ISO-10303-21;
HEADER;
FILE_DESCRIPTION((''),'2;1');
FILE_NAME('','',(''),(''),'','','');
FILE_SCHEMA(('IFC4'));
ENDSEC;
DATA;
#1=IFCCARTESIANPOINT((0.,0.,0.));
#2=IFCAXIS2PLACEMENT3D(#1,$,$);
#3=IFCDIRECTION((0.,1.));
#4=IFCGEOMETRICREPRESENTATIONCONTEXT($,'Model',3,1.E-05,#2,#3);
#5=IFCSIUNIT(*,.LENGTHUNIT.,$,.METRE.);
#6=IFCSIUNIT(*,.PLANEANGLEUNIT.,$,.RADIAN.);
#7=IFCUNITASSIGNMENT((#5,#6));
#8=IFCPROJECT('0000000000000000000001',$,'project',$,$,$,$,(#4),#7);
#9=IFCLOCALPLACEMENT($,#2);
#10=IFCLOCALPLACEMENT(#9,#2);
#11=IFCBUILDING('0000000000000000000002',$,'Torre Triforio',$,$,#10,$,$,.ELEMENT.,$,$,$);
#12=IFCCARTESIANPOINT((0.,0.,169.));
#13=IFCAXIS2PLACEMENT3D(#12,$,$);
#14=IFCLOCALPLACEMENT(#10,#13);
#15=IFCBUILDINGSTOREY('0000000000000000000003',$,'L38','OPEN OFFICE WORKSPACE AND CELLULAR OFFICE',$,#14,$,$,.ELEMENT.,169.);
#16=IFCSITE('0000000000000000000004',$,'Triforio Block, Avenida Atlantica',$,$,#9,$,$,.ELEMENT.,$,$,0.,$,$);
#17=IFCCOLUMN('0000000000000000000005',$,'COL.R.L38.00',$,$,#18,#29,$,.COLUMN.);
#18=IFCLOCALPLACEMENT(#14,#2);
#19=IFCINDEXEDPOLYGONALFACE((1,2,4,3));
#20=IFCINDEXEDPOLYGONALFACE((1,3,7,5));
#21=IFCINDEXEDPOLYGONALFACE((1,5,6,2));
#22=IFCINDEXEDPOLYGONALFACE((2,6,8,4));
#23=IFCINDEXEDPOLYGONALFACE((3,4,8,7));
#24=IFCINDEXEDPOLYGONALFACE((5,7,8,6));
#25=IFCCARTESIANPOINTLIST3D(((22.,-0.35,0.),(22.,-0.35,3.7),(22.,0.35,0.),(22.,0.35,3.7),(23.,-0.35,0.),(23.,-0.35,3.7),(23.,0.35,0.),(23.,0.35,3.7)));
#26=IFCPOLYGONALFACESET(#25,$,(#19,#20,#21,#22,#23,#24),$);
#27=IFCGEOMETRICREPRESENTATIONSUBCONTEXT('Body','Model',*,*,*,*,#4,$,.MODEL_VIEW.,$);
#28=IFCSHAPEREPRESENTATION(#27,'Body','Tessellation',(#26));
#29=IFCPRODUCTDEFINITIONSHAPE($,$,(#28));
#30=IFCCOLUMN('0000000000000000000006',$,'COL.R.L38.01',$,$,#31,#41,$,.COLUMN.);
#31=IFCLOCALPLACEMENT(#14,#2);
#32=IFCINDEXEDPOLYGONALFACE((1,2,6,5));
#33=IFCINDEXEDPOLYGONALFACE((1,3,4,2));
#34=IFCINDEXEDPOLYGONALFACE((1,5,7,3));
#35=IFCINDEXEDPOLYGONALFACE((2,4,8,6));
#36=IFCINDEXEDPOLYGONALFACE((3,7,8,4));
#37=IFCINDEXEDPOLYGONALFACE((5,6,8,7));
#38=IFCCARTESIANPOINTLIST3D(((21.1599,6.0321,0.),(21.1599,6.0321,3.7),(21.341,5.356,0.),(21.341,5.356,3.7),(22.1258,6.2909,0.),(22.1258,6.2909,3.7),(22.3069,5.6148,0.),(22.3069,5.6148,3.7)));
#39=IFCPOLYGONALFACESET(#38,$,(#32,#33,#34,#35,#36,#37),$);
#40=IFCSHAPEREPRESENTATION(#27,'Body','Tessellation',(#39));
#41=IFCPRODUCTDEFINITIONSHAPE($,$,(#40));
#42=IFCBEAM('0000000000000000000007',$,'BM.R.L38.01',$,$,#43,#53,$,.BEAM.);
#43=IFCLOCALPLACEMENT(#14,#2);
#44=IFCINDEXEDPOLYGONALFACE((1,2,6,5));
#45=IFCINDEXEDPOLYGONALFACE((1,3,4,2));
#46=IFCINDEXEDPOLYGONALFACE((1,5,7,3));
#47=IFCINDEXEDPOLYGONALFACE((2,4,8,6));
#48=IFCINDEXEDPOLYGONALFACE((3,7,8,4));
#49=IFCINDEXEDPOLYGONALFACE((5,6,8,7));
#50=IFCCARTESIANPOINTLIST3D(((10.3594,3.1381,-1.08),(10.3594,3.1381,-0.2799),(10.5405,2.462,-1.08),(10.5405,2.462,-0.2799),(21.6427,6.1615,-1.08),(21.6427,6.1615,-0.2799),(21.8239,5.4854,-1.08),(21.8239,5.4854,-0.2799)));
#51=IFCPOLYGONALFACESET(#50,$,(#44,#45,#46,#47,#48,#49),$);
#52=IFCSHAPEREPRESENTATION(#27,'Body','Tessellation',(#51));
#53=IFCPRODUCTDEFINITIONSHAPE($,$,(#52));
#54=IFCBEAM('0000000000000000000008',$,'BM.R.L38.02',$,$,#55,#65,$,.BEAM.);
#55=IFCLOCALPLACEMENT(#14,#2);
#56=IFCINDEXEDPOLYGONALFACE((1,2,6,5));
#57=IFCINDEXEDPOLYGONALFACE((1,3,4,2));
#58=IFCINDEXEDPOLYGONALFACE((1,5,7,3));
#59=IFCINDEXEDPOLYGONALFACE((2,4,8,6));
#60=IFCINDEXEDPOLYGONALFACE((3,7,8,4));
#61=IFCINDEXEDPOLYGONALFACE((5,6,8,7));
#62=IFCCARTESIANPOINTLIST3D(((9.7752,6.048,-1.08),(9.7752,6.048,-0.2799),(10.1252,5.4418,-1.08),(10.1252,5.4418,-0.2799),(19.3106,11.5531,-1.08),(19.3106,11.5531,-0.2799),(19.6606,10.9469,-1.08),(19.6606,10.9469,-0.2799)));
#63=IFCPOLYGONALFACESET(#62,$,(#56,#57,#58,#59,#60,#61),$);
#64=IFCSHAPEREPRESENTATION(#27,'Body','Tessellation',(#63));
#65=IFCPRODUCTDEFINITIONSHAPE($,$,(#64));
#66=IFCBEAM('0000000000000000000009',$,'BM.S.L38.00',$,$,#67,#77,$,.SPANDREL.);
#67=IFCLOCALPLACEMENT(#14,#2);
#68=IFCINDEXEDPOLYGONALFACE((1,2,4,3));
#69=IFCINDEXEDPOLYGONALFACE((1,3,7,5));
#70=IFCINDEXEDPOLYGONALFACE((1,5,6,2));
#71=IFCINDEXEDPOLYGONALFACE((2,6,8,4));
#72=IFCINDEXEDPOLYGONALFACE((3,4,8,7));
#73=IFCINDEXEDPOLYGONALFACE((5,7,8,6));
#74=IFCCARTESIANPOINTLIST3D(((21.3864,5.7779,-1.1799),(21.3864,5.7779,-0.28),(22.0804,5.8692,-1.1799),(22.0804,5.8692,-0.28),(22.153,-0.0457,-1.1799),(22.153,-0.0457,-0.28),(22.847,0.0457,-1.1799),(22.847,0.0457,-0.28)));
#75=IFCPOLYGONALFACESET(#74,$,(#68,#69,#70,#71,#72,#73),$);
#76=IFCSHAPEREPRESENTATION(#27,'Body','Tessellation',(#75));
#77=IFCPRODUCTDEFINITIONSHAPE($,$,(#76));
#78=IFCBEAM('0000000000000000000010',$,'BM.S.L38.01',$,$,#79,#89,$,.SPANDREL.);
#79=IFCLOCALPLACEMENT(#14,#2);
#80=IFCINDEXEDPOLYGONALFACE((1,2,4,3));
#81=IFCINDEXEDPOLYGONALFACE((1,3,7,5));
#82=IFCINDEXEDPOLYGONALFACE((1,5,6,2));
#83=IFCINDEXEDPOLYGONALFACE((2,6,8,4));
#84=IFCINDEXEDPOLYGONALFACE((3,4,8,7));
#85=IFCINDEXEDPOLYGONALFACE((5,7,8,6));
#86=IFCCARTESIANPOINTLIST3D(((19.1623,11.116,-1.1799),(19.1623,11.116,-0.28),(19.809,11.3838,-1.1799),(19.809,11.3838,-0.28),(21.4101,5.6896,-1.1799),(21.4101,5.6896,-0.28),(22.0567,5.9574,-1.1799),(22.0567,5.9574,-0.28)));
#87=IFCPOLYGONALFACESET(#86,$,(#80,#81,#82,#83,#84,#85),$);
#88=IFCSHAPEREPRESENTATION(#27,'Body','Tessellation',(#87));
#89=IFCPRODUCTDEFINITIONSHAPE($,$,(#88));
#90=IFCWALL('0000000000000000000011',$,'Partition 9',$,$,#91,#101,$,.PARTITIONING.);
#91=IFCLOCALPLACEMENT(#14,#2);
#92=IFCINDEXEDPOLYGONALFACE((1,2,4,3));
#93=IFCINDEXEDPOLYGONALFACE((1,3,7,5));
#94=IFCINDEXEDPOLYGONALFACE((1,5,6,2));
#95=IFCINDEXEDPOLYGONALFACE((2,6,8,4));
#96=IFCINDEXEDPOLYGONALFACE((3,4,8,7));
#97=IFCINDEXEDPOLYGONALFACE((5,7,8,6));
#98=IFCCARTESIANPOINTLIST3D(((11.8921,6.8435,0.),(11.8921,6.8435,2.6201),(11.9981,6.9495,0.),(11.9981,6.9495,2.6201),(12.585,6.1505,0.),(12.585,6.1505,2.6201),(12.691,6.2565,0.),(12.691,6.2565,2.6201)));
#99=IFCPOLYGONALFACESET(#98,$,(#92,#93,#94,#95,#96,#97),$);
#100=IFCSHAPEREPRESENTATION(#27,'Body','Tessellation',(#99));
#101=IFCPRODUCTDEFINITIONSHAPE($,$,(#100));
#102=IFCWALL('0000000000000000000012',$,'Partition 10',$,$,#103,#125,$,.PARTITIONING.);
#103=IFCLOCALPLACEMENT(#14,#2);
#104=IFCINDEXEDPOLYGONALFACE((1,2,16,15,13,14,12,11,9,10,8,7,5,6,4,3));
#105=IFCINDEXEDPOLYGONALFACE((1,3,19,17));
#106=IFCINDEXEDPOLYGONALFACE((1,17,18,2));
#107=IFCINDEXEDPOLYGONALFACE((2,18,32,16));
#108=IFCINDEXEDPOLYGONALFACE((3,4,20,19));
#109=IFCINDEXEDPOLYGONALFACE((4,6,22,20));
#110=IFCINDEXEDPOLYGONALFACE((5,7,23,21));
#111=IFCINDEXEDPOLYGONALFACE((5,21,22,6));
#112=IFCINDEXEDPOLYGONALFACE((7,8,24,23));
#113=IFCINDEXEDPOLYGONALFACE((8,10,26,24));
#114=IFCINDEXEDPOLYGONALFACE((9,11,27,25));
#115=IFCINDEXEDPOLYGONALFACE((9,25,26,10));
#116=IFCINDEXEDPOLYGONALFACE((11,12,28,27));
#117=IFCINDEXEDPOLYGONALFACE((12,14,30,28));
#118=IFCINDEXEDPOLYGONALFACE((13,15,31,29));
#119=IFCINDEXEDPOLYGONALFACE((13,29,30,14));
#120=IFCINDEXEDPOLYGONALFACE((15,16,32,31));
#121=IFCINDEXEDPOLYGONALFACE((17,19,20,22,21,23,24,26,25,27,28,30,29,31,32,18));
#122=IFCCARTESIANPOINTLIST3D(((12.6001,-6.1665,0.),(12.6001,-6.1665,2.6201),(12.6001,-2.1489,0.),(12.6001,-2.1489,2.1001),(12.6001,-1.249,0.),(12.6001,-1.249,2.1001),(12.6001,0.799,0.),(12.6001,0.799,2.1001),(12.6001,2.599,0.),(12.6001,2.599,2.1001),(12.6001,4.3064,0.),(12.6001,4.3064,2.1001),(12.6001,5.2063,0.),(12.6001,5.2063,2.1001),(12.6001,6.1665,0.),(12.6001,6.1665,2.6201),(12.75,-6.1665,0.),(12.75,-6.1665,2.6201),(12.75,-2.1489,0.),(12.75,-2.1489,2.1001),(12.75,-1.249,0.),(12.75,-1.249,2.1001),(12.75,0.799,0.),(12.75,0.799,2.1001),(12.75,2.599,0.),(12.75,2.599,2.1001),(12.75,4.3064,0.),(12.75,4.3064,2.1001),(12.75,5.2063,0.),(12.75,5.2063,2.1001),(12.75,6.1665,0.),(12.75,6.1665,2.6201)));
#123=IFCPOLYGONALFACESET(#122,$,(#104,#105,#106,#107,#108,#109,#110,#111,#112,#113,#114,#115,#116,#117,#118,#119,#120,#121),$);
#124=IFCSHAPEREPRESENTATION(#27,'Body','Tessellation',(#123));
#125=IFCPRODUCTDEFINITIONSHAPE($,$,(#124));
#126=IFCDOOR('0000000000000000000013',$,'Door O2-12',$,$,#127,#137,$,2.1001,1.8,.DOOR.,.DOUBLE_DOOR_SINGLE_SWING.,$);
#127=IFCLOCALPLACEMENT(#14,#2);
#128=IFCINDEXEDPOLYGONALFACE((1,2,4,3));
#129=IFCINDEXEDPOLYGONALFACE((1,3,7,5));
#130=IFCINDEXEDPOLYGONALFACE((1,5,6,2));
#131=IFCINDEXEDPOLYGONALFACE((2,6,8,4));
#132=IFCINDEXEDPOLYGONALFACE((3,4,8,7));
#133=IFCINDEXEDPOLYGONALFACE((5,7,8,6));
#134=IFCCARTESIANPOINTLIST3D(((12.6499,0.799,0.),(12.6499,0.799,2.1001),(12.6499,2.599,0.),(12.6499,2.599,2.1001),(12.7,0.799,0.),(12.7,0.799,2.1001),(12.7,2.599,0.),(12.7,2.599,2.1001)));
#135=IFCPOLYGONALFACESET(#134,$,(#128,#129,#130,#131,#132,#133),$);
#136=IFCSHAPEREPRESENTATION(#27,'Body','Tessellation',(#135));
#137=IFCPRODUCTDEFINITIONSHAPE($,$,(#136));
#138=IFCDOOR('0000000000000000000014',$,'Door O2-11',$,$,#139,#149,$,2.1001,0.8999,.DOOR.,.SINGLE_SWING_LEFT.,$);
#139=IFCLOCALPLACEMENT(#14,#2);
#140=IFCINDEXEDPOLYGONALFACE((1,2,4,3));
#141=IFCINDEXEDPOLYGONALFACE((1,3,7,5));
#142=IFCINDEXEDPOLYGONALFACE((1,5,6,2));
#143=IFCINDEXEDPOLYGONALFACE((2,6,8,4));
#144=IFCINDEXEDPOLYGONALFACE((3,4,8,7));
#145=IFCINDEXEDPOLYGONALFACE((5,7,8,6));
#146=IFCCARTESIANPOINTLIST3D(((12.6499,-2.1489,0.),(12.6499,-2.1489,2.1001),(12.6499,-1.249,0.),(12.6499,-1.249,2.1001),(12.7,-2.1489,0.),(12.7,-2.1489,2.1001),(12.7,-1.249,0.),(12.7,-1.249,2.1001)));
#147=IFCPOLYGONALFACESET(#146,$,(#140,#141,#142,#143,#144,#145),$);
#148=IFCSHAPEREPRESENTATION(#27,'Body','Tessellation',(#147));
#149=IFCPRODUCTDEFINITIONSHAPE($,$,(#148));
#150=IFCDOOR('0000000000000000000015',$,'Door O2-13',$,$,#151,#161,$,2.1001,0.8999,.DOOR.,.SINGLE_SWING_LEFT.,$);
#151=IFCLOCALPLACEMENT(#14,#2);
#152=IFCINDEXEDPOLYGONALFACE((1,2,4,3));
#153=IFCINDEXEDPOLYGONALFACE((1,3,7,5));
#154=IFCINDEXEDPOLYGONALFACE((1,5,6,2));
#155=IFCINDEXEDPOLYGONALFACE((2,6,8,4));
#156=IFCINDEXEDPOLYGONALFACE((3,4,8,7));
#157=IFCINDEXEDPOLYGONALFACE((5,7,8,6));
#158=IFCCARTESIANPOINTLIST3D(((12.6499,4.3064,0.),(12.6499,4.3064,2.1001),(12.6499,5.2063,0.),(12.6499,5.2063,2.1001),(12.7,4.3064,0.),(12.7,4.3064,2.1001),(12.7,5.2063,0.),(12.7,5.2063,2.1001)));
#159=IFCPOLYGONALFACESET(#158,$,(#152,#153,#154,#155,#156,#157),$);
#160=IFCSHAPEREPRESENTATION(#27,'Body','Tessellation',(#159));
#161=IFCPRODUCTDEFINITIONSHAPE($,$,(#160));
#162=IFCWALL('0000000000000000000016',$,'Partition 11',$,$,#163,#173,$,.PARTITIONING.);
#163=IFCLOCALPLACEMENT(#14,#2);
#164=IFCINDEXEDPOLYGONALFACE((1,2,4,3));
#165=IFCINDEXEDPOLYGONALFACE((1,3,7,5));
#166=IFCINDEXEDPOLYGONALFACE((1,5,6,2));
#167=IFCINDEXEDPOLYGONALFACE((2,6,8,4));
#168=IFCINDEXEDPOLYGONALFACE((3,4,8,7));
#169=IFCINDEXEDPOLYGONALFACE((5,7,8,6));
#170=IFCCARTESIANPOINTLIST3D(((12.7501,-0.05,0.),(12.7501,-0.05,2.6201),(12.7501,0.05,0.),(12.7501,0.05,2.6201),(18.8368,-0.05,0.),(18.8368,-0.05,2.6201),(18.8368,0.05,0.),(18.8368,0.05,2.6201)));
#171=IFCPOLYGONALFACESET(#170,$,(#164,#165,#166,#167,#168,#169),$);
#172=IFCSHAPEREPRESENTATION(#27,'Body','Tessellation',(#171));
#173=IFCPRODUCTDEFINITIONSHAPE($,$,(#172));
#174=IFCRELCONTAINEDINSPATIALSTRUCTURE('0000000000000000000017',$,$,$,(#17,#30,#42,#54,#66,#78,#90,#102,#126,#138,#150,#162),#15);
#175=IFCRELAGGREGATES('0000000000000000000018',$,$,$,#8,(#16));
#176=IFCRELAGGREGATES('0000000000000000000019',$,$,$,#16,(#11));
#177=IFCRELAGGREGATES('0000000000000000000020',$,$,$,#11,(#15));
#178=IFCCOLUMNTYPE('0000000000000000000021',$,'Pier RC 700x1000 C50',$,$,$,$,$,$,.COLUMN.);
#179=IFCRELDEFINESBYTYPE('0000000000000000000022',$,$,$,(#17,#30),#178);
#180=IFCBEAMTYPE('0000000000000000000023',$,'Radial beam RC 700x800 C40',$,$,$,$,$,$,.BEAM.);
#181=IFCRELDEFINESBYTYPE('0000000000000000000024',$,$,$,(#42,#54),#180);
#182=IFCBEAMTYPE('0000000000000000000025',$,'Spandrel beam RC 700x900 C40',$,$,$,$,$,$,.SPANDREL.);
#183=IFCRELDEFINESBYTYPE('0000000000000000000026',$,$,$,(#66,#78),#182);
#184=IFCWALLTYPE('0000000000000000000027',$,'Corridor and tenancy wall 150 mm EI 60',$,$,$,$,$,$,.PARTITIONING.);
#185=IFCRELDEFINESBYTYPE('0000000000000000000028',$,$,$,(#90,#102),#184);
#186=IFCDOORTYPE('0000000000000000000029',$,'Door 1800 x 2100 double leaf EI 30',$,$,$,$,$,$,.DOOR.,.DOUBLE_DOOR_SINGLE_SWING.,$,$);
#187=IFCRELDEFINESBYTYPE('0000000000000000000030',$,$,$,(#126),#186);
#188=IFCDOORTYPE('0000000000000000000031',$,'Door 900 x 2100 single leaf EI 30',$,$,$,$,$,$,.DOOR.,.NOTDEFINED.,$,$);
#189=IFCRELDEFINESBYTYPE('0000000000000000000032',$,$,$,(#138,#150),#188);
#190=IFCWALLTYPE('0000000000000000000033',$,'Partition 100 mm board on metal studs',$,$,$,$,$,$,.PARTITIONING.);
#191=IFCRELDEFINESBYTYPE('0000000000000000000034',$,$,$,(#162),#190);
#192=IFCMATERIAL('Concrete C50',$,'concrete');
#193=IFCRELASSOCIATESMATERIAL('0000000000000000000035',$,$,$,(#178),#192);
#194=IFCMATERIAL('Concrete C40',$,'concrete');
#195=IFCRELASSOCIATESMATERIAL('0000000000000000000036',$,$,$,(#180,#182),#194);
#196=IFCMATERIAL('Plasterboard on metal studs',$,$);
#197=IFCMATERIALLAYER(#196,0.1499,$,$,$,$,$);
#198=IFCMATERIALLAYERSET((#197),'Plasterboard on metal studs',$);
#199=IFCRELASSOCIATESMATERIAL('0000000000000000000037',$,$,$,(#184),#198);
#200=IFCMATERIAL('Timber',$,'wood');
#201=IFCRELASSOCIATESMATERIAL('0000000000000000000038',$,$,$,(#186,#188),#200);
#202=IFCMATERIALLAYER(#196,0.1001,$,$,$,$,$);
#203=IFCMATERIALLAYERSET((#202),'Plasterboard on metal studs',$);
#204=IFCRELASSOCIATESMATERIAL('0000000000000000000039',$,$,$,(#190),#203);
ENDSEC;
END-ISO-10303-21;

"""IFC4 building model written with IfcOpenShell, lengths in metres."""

from ifc_helpers import new_model, si_unit, direction, frame, frame_2d, origin, origin_2d, place, context, subcontext, project, spatial, rectangle, extrude, material, layer, layer_set, material_profile, profile_set, type_object, element, fill, save


model = new_model("IFC4")

# Units and contexts
model_context = context("Model", 3, precision=1e-05, world=origin(), true_north=direction((0.0, 1.0)))
body_context = subcontext(model_context, "Body", "Model", "MODEL_VIEW")
ifc_project = project(units=[si_unit("LENGTHUNIT", "METRE"), si_unit("PLANEANGLEUNIT", "RADIAN")], contexts=[model_context])

# Site, building, storey
site_placement = place(None, origin())
site = spatial("IfcSite", under=ifc_project, at=site_placement, Name="Triforio Block, Avenida Atlantica", CompositionType="ELEMENT", RefElevation=0.0)
building_placement = place(site_placement, origin())
building = spatial("IfcBuilding", under=site, at=building_placement, Name="Torre Triforio", CompositionType="ELEMENT")
storey_placement = place(building_placement, frame((0.0, 0.0, 169.0)))
storey = spatial("IfcBuildingStorey", under=building, at=storey_placement, Name="L38", Description="OPEN OFFICE WORKSPACE AND CELLULAR OFFICE", CompositionType="ELEMENT", Elevation=169.0)

# Columns
ifc_material_1 = material(Name="Concrete C50", Category="concrete")
ifc_material_profile_1 = material_profile(ifc_material_1, rectangle(XDim=0.7, YDim=1.0, at=origin_2d()), Name="RC 700x1000")
ifc_profile_set_1 = profile_set([ifc_material_profile_1], Name="Concrete C50")
column_type = type_object("IfcColumnType", Name="Pier RC 700x1000 C50", PredefinedType="COLUMN", material=ifc_profile_set_1)
for number, where, z_axis, x_axis, name in (
    (1, (22.5, 0.0, 0.0), (0.0, 0.0, 1.0), (0.0, 1.0, 0.0), "COL.R.L38.00"),
    (2, (21.7334, 5.8235, 0.0), (0.0, 0.0, 1.0), (-0.258819, 0.965926, 0.0), "COL.R.L38.01"),
):
    element("IfcColumn", number, at=place(storey_placement, frame(where, z_axis=z_axis, x_axis=x_axis)), inside=storey, type_object=column_type, Name=name, PredefinedType="COLUMN", context=body_context, shape_type="SweptSolid", body=[
        extrude(rectangle(XDim=0.7, YDim=1.0, at=origin_2d()), origin(), (0.0, 0.0, 1.0), 3.7),
    ])

# Beams
ifc_material_2 = material(Name="Concrete C40", Category="concrete")
ifc_material_profile_2 = material_profile(ifc_material_2, rectangle(XDim=0.7, YDim=0.8, at=origin_2d()), Name="RC 700x800")
ifc_profile_set_2 = profile_set([ifc_material_profile_2], Name="Concrete C40")
beam_type_1 = type_object("IfcBeamType", Name="Radial beam RC 700x800 C40", PredefinedType="BEAM", material=ifc_profile_set_2)
beam_1_placement = place(storey_placement, frame((10.45, 2.8, -0.6799), z_axis=(0.965925, 0.258823, 0.0), x_axis=(-0.258823, 0.965925, 0.0)))
element("IfcBeam", 3, at=beam_1_placement, inside=storey, type_object=beam_type_1, Name="BM.R.L38.01", PredefinedType="BEAM", context=body_context, shape_type="SweptSolid", body=[
    extrude(rectangle(XDim=0.7, YDim=0.8, at=origin_2d()), origin(), (0.0, 0.0, 1.0), 11.6814),
])
beam_2_placement = place(storey_placement, frame((9.9502, 5.7449, -0.6799), z_axis=(0.866031, 0.499991, 0.0), x_axis=(-0.499991, 0.866031, 0.0)))
element("IfcBeam", 4, at=beam_2_placement, inside=storey, type_object=beam_type_1, Name="BM.R.L38.02", PredefinedType="BEAM", context=body_context, shape_type="SweptSolid", body=[
    extrude(rectangle(XDim=0.7, YDim=0.8, at=origin_2d()), origin(), (0.0, 0.0, 1.0), 11.0105),
])
ifc_material_profile_3 = material_profile(ifc_material_2, rectangle(XDim=0.7, YDim=0.8999, at=origin_2d()), Name="RC 700x900")
ifc_profile_set_3 = profile_set([ifc_material_profile_3], Name="Concrete C40")
beam_type_2 = type_object("IfcBeamType", Name="Spandrel beam RC 700x900 C40", PredefinedType="SPANDREL", material=ifc_profile_set_3)
beam_3_placement = place(storey_placement, frame((22.5, 0.0, -0.73), z_axis=(-0.130514, 0.991447, 0.0), x_axis=(-0.991447, -0.130514, 0.0)))
element("IfcBeam", 5, at=beam_3_placement, inside=storey, type_object=beam_type_2, Name="BM.S.L38.00", PredefinedType="SPANDREL", context=body_context, shape_type="SweptSolid", body=[
    extrude(rectangle(XDim=0.7, YDim=0.8999, at=origin_2d()), origin(), (0.0, 0.0, 1.0), 5.8738),
])
beam_4_placement = place(storey_placement, frame((21.7334, 5.8235, -0.73), z_axis=(-0.382693, 0.923875, 0.0), x_axis=(-0.923875, -0.382693, 0.0)))
element("IfcBeam", 6, at=beam_4_placement, inside=storey, type_object=beam_type_2, Name="BM.S.L38.01", PredefinedType="SPANDREL", context=body_context, shape_type="SweptSolid", body=[
    extrude(rectangle(XDim=0.7, YDim=0.8999, at=origin_2d()), origin(), (0.0, 0.0, 1.0), 5.8735),
])

# Wall
ifc_material_3 = material(Name="Plasterboard on metal studs")
ifc_layer_1 = layer(ifc_material_3, 0.1499)
ifc_layer_set_1 = layer_set([ifc_layer_1], Name="Plasterboard on metal studs")
wall_type_1 = type_object("IfcWallType", Name="Corridor and tenancy wall 150 mm EI 60", PredefinedType="PARTITIONING", material=ifc_layer_set_1)
wall_1_placement = place(storey_placement, frame((11.9451, 6.8965, 0.0), z_axis=(0.0, 0.0, 1.0), x_axis=(0.707107, -0.707107, 0.0)))
element("IfcWall", 7, at=wall_1_placement, inside=storey, type_object=wall_type_1, Name="Partition 9", PredefinedType="PARTITIONING", context=body_context, shape_type="SweptSolid", body=[
    extrude(rectangle(XDim=0.98, YDim=0.1499, at=frame_2d((0.49, 0.0))), origin(), (0.0, 0.0, 1.0), 2.6201),
])

# Wall, openings, doors
wall_2_placement = place(storey_placement, frame((12.675, 6.1665, 0.0), z_axis=(0.0, 0.0, 1.0), x_axis=(0.0, -1.0, 0.0)))
wall_2 = element("IfcWall", 8, at=wall_2_placement, inside=storey, type_object=wall_type_1, Name="Partition 10", PredefinedType="PARTITIONING", context=body_context, shape_type="SweptSolid", body=[
    extrude(rectangle(XDim=12.333, YDim=0.1499, at=frame_2d((6.1665, 0.0))), origin(), (0.0, 0.0, 1.0), 2.6201),
])
opening_1_placement = place(wall_2_placement, frame((7.4155, 0.0, 0.0)))
opening_1 = element("IfcOpeningElement", 9, at=opening_1_placement, cuts=wall_2, PredefinedType="OPENING", context=body_context, shape_type="SweptSolid", body=[
    extrude(rectangle(XDim=0.8999, YDim=2.1001, at=frame_2d((0.45, 1.05))), frame((0.0, 0.085, 0.0), z_axis=(0.0, -1.0, 0.0), x_axis=(1.0, 0.0, 0.0)), (0.0, 0.0, 1.0), 0.1699),
])
opening_2_placement = place(wall_2_placement, frame((3.5676, 0.0, 0.0)))
opening_2 = element("IfcOpeningElement", 10, at=opening_2_placement, cuts=wall_2, PredefinedType="OPENING", context=body_context, shape_type="SweptSolid", body=[
    extrude(rectangle(XDim=1.8, YDim=2.1001, at=frame_2d((0.8999, 1.05))), frame((0.0, 0.085, 0.0), z_axis=(0.0, -1.0, 0.0), x_axis=(1.0, 0.0, 0.0)), (0.0, 0.0, 1.0), 0.1699),
])
opening_3_placement = place(wall_2_placement, frame((0.9602, 0.0, 0.0)))
opening_3 = element("IfcOpeningElement", 11, at=opening_3_placement, cuts=wall_2, PredefinedType="OPENING", context=body_context, shape_type="SweptSolid", body=[
    extrude(rectangle(XDim=0.8999, YDim=2.1001, at=frame_2d((0.45, 1.05))), frame((0.0, 0.085, 0.0), z_axis=(0.0, -1.0, 0.0), x_axis=(1.0, 0.0, 0.0)), (0.0, 0.0, 1.0), 0.1699),
])
ifc_material_4 = material(Name="Timber", Category="wood")
door_type_1 = type_object("IfcDoorType", Name="Door 1800 x 2100 double leaf EI 30", OperationType="DOUBLE_DOOR_SINGLE_SWING", PredefinedType="DOOR", material=ifc_material_4)
door_1_placement = place(opening_2_placement, origin())
door_1 = element("IfcDoor", 12, at=door_1_placement, inside=storey, type_object=door_type_1, Name="Door O2-12", OperationType="DOUBLE_DOOR_SINGLE_SWING", OverallHeight=2.1001, OverallWidth=1.8, PredefinedType="DOOR", context=body_context, shape_type="SweptSolid", body=[
    extrude(rectangle(XDim=1.8, YDim=2.1001, at=frame_2d((0.8999, 1.05))), frame((0.0, 0.0249, 0.0), z_axis=(0.0, -1.0, 0.0), x_axis=(1.0, 0.0, 0.0)), (0.0, 0.0, 1.0), 0.05),
])
fill(opening_2, door_1)
door_type_2 = type_object("IfcDoorType", Name="Door 900 x 2100 single leaf EI 30", OperationType="NOTDEFINED", PredefinedType="DOOR", material=ifc_material_4)
door_2_placement = place(opening_1_placement, origin())
door_2 = element("IfcDoor", 13, at=door_2_placement, inside=storey, type_object=door_type_2, Name="Door O2-11", OperationType="SINGLE_SWING_LEFT", OverallHeight=2.1001, OverallWidth=0.8999, PredefinedType="DOOR", context=body_context, shape_type="SweptSolid", body=[
    extrude(rectangle(XDim=0.8999, YDim=2.1001, at=frame_2d((0.45, 1.05))), frame((0.0, 0.0249, 0.0), z_axis=(0.0, -1.0, 0.0), x_axis=(1.0, 0.0, 0.0)), (0.0, 0.0, 1.0), 0.05),
])
fill(opening_1, door_2)
door_3_placement = place(opening_3_placement, origin())
door_3 = element("IfcDoor", 14, at=door_3_placement, inside=storey, type_object=door_type_2, Name="Door O2-13", OperationType="SINGLE_SWING_LEFT", OverallHeight=2.1001, OverallWidth=0.8999, PredefinedType="DOOR", context=body_context, shape_type="SweptSolid", body=[
    extrude(rectangle(XDim=0.8999, YDim=2.1001, at=frame_2d((0.45, 1.05))), frame((0.0, 0.0249, 0.0), z_axis=(0.0, -1.0, 0.0), x_axis=(1.0, 0.0, 0.0)), (0.0, 0.0, 1.0), 0.05),
])
fill(opening_3, door_3)

# Wall
ifc_layer_2 = layer(ifc_material_3, 0.1001)
ifc_layer_set_2 = layer_set([ifc_layer_2], Name="Plasterboard on metal studs")
wall_type_2 = type_object("IfcWallType", Name="Partition 100 mm board on metal studs", PredefinedType="PARTITIONING", material=ifc_layer_set_2)
wall_3_placement = place(storey_placement, frame((12.75, 0.0, 0.0), z_axis=(0.0, 0.0, 1.0), x_axis=(1.0, 0.0, 0.0)))
element("IfcWall", 15, at=wall_3_placement, inside=storey, type_object=wall_type_2, Name="Partition 11", PredefinedType="PARTITIONING", context=body_context, shape_type="SweptSolid", body=[
    extrude(rectangle(XDim=6.0867, YDim=0.1001, at=frame_2d((3.0435, 0.0))), origin(), (0.0, 0.0, 1.0), 2.6201),
])

save(model, "model.ifc")
